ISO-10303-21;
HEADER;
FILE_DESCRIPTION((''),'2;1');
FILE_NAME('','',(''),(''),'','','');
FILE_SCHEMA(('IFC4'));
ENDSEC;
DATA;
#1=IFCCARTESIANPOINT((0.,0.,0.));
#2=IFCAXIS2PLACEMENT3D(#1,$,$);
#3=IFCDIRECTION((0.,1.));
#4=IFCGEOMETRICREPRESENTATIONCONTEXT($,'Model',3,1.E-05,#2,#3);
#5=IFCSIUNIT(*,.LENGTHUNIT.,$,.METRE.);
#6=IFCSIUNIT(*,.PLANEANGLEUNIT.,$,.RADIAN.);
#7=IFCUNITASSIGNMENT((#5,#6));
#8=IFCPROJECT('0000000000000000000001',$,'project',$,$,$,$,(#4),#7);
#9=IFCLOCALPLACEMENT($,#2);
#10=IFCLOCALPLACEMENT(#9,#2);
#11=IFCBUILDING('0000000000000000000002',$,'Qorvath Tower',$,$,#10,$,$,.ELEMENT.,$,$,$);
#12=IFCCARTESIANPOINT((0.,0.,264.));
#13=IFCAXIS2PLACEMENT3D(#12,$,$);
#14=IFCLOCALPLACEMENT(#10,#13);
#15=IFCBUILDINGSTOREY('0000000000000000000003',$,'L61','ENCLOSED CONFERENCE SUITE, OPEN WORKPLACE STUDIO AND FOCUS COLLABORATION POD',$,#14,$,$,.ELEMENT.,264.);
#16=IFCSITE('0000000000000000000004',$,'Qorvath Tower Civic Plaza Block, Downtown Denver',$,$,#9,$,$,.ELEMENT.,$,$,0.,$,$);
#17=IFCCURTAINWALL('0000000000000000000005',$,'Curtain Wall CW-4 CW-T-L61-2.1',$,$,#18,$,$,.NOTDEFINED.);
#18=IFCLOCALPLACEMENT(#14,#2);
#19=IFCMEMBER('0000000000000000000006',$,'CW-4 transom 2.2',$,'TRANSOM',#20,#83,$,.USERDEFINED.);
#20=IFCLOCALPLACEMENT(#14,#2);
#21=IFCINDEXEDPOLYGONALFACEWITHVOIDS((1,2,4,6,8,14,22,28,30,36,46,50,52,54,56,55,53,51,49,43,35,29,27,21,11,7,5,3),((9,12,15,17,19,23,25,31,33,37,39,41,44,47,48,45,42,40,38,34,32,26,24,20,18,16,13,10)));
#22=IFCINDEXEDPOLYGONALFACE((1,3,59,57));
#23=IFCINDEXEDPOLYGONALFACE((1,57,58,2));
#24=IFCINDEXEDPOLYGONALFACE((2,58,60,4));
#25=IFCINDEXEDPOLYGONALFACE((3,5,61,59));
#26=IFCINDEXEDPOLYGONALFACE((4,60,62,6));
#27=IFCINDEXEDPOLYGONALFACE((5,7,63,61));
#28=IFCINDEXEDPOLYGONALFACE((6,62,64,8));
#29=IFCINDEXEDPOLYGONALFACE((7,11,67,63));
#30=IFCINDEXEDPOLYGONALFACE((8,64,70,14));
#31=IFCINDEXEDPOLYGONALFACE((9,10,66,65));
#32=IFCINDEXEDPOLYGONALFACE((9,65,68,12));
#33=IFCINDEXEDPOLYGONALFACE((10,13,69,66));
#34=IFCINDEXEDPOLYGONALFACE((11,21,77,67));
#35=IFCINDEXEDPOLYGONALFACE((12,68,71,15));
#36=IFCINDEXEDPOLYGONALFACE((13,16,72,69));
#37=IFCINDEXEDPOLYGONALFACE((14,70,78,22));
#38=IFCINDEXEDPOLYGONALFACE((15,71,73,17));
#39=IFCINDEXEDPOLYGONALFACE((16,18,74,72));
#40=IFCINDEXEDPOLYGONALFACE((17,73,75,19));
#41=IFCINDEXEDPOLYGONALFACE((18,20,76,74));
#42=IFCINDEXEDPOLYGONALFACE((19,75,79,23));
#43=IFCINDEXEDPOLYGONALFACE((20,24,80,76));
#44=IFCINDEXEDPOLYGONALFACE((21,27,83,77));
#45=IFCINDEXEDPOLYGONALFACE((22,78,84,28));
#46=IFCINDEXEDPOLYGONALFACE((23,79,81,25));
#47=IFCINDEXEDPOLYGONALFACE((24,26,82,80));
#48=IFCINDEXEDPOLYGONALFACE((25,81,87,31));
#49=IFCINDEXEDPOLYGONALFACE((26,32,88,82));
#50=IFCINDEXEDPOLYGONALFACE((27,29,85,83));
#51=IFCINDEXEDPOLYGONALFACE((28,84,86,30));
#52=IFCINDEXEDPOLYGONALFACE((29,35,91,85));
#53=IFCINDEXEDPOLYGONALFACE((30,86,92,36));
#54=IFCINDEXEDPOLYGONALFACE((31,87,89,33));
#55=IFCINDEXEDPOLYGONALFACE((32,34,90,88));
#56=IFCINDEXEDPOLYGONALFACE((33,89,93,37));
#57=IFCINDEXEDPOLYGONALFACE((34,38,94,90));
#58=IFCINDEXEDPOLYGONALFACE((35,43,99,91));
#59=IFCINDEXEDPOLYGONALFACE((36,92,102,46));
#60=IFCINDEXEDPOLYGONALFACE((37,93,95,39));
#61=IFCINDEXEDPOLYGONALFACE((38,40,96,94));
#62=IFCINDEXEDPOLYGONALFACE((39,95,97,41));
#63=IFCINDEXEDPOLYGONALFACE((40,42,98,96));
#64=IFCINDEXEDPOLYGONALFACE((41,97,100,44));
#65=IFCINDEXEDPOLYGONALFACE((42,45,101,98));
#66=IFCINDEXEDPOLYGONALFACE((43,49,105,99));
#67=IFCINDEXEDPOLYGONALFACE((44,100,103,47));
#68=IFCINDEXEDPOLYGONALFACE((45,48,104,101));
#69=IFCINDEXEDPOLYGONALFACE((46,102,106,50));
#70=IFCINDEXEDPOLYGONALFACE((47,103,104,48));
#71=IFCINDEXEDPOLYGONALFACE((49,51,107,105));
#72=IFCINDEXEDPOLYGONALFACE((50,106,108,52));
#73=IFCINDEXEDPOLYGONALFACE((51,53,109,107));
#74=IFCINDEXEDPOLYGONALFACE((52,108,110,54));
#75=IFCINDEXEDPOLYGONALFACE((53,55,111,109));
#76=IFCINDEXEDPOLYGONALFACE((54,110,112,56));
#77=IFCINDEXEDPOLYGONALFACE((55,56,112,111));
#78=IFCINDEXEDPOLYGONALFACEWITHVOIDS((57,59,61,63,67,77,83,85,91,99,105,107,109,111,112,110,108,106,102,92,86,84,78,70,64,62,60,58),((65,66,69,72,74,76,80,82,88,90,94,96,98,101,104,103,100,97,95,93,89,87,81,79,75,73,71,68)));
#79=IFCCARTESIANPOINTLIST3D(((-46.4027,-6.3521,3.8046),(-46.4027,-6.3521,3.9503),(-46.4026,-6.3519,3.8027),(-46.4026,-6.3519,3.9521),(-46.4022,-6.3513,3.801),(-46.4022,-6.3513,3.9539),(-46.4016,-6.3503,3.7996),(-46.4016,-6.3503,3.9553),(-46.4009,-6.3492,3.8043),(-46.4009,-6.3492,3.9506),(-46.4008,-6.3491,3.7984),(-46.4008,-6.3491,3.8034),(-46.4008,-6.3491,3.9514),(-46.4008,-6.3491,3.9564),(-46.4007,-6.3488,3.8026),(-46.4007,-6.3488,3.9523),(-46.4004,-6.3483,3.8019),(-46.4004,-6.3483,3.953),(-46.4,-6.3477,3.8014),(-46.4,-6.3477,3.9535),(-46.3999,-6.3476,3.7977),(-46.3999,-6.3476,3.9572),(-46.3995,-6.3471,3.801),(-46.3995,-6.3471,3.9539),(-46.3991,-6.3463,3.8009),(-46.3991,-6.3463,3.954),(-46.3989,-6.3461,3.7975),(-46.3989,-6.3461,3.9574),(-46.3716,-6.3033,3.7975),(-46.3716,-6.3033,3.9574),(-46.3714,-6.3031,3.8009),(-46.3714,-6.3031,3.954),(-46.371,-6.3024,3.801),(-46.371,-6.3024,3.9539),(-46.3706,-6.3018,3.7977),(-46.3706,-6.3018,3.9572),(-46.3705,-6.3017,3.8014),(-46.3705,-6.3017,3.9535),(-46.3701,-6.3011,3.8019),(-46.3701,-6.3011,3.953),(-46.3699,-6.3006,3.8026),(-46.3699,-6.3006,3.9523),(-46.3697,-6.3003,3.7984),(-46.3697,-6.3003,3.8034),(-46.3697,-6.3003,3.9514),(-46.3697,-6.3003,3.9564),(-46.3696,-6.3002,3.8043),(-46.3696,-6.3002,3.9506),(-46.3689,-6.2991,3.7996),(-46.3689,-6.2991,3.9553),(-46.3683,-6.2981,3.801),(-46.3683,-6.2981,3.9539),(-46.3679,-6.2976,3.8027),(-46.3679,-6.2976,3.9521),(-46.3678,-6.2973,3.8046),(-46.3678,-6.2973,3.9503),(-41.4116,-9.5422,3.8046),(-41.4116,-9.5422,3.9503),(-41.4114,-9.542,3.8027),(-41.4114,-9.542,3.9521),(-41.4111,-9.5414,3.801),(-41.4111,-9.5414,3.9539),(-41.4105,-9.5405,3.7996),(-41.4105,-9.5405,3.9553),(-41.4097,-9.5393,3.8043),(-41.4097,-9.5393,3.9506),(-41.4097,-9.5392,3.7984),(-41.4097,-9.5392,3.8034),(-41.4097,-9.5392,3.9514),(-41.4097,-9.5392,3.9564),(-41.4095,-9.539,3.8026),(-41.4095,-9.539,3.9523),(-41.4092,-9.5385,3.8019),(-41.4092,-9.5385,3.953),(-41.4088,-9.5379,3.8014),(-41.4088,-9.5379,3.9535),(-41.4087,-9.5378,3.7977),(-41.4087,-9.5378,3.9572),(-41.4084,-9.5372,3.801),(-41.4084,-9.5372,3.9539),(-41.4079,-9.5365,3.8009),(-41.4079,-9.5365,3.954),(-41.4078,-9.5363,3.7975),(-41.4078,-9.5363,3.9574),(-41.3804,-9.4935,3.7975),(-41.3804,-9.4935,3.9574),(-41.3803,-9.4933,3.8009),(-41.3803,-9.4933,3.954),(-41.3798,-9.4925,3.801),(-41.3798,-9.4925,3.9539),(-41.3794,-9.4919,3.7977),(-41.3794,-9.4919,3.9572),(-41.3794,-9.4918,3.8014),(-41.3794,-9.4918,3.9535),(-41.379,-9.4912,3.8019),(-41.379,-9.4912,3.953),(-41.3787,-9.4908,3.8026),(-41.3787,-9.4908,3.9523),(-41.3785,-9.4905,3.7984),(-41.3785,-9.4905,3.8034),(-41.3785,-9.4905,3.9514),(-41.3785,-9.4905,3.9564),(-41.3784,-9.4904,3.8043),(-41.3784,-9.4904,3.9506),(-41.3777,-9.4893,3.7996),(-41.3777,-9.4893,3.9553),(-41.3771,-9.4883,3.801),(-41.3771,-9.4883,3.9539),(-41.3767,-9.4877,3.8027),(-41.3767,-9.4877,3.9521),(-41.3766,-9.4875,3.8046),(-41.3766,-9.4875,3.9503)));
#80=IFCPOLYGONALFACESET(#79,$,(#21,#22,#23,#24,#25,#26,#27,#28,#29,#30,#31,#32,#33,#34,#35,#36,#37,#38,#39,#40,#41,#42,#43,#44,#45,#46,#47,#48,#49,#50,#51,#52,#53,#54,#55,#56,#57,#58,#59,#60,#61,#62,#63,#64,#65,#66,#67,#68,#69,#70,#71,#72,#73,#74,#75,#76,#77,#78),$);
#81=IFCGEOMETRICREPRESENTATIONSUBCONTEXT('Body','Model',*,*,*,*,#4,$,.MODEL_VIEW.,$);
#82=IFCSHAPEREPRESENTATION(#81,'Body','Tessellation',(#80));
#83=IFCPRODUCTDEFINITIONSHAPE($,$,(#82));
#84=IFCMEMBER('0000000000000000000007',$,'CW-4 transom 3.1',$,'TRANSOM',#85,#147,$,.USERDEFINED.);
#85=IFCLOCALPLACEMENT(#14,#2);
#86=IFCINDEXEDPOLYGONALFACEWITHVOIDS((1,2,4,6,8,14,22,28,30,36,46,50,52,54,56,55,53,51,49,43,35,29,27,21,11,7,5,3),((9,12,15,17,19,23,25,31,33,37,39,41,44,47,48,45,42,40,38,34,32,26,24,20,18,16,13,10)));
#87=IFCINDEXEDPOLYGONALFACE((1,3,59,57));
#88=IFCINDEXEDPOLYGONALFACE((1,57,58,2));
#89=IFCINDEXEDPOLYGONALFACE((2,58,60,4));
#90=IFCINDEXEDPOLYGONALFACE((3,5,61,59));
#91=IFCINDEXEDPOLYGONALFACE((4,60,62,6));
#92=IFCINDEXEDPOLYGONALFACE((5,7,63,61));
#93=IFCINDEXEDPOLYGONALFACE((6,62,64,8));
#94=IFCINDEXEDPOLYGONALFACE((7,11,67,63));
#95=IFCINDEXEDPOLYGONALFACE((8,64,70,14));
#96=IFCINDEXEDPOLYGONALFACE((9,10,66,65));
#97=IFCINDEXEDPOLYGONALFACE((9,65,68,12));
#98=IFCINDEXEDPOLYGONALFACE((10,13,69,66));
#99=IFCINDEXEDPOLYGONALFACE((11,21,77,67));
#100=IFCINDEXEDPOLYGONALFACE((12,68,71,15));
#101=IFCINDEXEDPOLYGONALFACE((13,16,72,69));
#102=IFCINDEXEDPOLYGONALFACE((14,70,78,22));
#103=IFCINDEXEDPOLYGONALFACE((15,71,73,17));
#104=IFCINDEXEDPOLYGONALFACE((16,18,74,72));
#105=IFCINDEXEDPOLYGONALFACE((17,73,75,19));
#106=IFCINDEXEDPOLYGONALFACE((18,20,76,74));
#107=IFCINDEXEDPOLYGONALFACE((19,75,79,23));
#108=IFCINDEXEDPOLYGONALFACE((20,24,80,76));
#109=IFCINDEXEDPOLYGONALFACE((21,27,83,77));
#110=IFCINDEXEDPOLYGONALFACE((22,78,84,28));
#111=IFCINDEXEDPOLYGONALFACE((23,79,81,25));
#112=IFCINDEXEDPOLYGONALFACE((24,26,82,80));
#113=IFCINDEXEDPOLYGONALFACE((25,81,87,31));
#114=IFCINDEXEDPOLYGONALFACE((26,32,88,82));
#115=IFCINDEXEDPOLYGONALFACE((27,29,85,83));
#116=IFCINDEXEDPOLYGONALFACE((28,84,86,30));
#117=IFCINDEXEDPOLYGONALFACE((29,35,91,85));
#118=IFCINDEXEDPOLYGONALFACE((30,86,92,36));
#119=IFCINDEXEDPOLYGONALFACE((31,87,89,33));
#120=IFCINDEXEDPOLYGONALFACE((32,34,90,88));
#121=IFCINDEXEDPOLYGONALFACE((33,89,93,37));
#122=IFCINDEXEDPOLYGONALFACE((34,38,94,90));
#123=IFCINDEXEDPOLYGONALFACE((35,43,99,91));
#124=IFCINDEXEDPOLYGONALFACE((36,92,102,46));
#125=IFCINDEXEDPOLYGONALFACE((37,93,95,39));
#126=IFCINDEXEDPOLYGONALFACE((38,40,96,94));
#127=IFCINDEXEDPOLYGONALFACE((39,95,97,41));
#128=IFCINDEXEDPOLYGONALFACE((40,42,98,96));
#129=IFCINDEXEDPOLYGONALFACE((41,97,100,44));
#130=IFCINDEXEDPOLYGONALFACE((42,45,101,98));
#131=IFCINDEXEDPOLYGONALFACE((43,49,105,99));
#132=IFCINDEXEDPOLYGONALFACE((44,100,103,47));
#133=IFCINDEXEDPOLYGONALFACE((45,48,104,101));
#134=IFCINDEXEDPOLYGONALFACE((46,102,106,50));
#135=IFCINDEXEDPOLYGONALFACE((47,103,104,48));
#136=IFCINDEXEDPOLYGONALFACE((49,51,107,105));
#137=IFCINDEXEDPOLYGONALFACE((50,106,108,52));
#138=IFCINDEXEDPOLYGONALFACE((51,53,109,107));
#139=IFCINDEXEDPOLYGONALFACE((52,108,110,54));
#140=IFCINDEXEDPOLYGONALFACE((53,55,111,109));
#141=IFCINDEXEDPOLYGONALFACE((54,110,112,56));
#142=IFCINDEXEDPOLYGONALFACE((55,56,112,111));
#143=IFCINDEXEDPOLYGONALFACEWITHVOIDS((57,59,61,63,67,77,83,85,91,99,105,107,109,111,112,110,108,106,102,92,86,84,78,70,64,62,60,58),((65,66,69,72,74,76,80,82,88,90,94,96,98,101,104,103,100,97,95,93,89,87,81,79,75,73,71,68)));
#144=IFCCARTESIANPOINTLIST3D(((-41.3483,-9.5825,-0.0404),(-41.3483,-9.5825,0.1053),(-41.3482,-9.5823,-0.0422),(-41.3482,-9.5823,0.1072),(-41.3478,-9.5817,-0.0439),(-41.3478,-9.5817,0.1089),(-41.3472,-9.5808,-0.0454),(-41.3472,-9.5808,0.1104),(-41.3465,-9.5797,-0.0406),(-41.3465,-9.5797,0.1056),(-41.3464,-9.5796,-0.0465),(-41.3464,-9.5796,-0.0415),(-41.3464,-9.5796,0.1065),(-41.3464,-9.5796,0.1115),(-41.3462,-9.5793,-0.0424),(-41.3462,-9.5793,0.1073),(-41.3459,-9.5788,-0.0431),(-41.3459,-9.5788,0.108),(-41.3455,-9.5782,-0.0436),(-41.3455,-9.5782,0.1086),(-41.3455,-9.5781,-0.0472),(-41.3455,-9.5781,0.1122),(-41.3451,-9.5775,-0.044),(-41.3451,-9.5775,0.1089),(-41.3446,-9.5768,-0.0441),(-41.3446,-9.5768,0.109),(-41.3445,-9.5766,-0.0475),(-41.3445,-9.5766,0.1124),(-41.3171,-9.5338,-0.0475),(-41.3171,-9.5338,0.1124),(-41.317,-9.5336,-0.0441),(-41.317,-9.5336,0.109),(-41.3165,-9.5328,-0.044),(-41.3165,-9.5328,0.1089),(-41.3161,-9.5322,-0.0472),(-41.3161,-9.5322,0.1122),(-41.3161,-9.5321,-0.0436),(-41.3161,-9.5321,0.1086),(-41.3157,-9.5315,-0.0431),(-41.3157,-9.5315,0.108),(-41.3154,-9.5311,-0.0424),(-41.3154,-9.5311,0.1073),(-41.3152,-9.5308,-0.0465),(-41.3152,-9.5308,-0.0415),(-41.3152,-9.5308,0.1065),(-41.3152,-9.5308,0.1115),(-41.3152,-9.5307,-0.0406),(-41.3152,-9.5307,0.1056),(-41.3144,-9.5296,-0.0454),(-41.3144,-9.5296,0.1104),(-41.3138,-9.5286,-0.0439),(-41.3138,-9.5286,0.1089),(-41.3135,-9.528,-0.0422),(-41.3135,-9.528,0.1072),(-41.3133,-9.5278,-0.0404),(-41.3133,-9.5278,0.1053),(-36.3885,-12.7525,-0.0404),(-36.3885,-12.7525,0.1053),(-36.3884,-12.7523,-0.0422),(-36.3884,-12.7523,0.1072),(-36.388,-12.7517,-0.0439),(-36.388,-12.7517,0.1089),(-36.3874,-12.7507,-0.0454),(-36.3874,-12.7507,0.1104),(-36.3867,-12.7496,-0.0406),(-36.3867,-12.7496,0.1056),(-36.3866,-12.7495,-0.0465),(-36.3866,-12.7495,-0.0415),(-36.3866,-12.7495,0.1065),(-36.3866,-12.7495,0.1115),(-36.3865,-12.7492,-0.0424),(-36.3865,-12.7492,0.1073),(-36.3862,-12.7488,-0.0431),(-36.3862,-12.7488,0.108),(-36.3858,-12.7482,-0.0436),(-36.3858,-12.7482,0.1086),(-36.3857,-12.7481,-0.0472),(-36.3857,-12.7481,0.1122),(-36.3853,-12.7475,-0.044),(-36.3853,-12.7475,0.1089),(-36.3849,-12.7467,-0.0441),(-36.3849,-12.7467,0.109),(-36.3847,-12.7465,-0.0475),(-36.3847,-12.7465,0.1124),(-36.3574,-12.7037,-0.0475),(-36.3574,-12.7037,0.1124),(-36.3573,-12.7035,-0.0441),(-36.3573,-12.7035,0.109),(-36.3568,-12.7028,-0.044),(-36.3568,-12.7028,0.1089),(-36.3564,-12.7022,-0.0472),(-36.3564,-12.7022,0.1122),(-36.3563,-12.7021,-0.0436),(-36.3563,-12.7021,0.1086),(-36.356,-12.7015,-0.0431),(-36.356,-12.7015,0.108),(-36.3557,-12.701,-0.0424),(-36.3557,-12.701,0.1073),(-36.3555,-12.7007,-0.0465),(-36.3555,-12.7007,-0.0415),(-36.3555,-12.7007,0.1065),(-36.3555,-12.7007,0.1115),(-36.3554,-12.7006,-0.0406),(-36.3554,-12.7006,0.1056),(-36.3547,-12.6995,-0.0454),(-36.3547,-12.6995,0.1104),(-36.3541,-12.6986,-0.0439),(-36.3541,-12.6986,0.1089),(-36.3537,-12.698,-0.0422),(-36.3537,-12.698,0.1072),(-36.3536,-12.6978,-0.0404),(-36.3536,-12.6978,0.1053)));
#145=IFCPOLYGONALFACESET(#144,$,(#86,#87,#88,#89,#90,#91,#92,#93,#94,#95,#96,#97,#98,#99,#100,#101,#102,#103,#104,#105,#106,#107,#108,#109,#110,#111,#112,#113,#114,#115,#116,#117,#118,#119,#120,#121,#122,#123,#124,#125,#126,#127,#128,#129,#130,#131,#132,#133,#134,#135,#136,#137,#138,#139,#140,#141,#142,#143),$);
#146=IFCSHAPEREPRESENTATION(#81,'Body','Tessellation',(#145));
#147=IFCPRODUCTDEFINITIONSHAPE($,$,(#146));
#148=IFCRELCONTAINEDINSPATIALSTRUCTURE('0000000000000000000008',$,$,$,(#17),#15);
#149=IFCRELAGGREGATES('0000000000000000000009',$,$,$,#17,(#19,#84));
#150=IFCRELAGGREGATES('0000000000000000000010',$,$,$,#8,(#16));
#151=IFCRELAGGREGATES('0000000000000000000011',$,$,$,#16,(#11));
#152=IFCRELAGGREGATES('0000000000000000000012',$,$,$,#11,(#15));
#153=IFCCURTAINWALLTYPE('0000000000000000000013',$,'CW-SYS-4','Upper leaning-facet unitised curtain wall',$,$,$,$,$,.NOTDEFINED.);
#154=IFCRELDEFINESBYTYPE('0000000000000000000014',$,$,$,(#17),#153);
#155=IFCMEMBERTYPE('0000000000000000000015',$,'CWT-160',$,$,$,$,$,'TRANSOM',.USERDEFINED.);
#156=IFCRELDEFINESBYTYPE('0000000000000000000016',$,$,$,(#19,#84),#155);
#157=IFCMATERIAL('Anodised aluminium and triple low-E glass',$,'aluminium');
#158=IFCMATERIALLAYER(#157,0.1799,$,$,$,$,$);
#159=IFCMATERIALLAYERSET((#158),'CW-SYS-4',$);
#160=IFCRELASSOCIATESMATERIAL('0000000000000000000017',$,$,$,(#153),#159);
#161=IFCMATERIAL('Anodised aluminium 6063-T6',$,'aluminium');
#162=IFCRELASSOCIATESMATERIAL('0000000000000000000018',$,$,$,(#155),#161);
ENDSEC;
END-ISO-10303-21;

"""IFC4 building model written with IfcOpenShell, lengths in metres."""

from ifc_helpers import new_model, si_unit, direction, frame, origin, origin_2d, place, context, subcontext, project, spatial, hollow_rectangle, extrude, material, layer, layer_set, material_profile, profile_set, type_object, element, aggregate, save


model = new_model("IFC4")

# Units and contexts
model_context = context("Model", 3, precision=1e-05, world=origin(), true_north=direction((0.0, 1.0)))
body_context = subcontext(model_context, "Body", "Model", "MODEL_VIEW")
ifc_project = project(units=[si_unit("LENGTHUNIT", "METRE"), si_unit("PLANEANGLEUNIT", "RADIAN")], contexts=[model_context])

# Site, building, storey
site_placement = place(None, origin())
site = spatial("IfcSite", under=ifc_project, at=site_placement, Name="Qorvath Tower Civic Plaza Block, Downtown Denver", CompositionType="ELEMENT", RefElevation=0.0)
building_placement = place(site_placement, origin())
building = spatial("IfcBuilding", under=site, at=building_placement, Name="Qorvath Tower", CompositionType="ELEMENT")
storey_placement = place(building_placement, frame((0.0, 0.0, 264.0)))
storey = spatial("IfcBuildingStorey", under=building, at=storey_placement, Name="L61", Description="ENCLOSED CONFERENCE SUITE, OPEN WORKPLACE STUDIO AND FOCUS COLLABORATION POD", CompositionType="ELEMENT", Elevation=264.0)

# Curtain wall, members
ifc_material_1 = material(Name="Anodised aluminium and triple low-E glass", Category="aluminium")
ifc_layer_1 = layer(ifc_material_1, 0.1799)
ifc_layer_set_1 = layer_set([ifc_layer_1], Name="CW-SYS-4")
curtain_wall_type = type_object("IfcCurtainWallType", Name="CW-SYS-4", Description="Upper leaning-facet unitised curtain wall", PredefinedType="NOTDEFINED", material=ifc_layer_set_1)
curtain_wall_placement = place(storey_placement, origin())
curtain_wall = element("IfcCurtainWall", 1, at=curtain_wall_placement, inside=storey, type_object=curtain_wall_type, Name="Curtain Wall CW-4 CW-T-L61-2.1", PredefinedType="NOTDEFINED")
ifc_material_2 = material(Name="Anodised aluminium 6063-T6", Category="aluminium")
ifc_material_profile_1 = material_profile(ifc_material_2, hollow_rectangle(XDim=0.0649, YDim=0.1599, WallThickness=0.0034, InnerFilletRadius=0.0034, OuterFilletRadius=0.0071, at=origin_2d()), Name="CWT 160x65")
ifc_profile_set_1 = profile_set([ifc_material_profile_1], Name="Anodised aluminium 6063-T6")
member_type_1 = type_object("IfcMemberType", Name="CWT-160", ElementType="TRANSOM", PredefinedType="USERDEFINED", material=ifc_profile_set_1)
member_1_placement = place(storey_placement, frame((-46.3853, -6.3247, 3.8774), z_axis=(0.842592, -0.538552, 0.0), x_axis=(0.538552, 0.842592, 0.0)))
member_1 = element("IfcMember", 2, at=member_1_placement, type_object=member_type_1, Name="CW-4 transom 2.2", ObjectType="TRANSOM", PredefinedType="USERDEFINED", context=body_context, shape_type="SweptSolid", body=[
    extrude(hollow_rectangle(XDim=0.0649, YDim=0.1599, WallThickness=0.0034, InnerFilletRadius=0.0034, OuterFilletRadius=0.0071, at=origin_2d()), origin(), (0.0, 0.0, 1.0), 5.9236),
])
member_2_placement = place(storey_placement, frame((-41.3308, -9.5552, 0.0325), z_axis=(0.842603, -0.538536, 0.0), x_axis=(0.538536, 0.842603, 0.0)))
member_2 = element("IfcMember", 3, at=member_2_placement, type_object=member_type_1, Name="CW-4 transom 3.1", ObjectType="TRANSOM", PredefinedType="USERDEFINED", context=body_context, shape_type="SweptSolid", body=[
    extrude(hollow_rectangle(XDim=0.0649, YDim=0.1599, WallThickness=0.0034, InnerFilletRadius=0.0034, OuterFilletRadius=0.0071, at=origin_2d()), origin(), (0.0, 0.0, 1.0), 5.8862),
])
aggregate(curtain_wall, [member_1, member_2])

save(model, "model.ifc")
